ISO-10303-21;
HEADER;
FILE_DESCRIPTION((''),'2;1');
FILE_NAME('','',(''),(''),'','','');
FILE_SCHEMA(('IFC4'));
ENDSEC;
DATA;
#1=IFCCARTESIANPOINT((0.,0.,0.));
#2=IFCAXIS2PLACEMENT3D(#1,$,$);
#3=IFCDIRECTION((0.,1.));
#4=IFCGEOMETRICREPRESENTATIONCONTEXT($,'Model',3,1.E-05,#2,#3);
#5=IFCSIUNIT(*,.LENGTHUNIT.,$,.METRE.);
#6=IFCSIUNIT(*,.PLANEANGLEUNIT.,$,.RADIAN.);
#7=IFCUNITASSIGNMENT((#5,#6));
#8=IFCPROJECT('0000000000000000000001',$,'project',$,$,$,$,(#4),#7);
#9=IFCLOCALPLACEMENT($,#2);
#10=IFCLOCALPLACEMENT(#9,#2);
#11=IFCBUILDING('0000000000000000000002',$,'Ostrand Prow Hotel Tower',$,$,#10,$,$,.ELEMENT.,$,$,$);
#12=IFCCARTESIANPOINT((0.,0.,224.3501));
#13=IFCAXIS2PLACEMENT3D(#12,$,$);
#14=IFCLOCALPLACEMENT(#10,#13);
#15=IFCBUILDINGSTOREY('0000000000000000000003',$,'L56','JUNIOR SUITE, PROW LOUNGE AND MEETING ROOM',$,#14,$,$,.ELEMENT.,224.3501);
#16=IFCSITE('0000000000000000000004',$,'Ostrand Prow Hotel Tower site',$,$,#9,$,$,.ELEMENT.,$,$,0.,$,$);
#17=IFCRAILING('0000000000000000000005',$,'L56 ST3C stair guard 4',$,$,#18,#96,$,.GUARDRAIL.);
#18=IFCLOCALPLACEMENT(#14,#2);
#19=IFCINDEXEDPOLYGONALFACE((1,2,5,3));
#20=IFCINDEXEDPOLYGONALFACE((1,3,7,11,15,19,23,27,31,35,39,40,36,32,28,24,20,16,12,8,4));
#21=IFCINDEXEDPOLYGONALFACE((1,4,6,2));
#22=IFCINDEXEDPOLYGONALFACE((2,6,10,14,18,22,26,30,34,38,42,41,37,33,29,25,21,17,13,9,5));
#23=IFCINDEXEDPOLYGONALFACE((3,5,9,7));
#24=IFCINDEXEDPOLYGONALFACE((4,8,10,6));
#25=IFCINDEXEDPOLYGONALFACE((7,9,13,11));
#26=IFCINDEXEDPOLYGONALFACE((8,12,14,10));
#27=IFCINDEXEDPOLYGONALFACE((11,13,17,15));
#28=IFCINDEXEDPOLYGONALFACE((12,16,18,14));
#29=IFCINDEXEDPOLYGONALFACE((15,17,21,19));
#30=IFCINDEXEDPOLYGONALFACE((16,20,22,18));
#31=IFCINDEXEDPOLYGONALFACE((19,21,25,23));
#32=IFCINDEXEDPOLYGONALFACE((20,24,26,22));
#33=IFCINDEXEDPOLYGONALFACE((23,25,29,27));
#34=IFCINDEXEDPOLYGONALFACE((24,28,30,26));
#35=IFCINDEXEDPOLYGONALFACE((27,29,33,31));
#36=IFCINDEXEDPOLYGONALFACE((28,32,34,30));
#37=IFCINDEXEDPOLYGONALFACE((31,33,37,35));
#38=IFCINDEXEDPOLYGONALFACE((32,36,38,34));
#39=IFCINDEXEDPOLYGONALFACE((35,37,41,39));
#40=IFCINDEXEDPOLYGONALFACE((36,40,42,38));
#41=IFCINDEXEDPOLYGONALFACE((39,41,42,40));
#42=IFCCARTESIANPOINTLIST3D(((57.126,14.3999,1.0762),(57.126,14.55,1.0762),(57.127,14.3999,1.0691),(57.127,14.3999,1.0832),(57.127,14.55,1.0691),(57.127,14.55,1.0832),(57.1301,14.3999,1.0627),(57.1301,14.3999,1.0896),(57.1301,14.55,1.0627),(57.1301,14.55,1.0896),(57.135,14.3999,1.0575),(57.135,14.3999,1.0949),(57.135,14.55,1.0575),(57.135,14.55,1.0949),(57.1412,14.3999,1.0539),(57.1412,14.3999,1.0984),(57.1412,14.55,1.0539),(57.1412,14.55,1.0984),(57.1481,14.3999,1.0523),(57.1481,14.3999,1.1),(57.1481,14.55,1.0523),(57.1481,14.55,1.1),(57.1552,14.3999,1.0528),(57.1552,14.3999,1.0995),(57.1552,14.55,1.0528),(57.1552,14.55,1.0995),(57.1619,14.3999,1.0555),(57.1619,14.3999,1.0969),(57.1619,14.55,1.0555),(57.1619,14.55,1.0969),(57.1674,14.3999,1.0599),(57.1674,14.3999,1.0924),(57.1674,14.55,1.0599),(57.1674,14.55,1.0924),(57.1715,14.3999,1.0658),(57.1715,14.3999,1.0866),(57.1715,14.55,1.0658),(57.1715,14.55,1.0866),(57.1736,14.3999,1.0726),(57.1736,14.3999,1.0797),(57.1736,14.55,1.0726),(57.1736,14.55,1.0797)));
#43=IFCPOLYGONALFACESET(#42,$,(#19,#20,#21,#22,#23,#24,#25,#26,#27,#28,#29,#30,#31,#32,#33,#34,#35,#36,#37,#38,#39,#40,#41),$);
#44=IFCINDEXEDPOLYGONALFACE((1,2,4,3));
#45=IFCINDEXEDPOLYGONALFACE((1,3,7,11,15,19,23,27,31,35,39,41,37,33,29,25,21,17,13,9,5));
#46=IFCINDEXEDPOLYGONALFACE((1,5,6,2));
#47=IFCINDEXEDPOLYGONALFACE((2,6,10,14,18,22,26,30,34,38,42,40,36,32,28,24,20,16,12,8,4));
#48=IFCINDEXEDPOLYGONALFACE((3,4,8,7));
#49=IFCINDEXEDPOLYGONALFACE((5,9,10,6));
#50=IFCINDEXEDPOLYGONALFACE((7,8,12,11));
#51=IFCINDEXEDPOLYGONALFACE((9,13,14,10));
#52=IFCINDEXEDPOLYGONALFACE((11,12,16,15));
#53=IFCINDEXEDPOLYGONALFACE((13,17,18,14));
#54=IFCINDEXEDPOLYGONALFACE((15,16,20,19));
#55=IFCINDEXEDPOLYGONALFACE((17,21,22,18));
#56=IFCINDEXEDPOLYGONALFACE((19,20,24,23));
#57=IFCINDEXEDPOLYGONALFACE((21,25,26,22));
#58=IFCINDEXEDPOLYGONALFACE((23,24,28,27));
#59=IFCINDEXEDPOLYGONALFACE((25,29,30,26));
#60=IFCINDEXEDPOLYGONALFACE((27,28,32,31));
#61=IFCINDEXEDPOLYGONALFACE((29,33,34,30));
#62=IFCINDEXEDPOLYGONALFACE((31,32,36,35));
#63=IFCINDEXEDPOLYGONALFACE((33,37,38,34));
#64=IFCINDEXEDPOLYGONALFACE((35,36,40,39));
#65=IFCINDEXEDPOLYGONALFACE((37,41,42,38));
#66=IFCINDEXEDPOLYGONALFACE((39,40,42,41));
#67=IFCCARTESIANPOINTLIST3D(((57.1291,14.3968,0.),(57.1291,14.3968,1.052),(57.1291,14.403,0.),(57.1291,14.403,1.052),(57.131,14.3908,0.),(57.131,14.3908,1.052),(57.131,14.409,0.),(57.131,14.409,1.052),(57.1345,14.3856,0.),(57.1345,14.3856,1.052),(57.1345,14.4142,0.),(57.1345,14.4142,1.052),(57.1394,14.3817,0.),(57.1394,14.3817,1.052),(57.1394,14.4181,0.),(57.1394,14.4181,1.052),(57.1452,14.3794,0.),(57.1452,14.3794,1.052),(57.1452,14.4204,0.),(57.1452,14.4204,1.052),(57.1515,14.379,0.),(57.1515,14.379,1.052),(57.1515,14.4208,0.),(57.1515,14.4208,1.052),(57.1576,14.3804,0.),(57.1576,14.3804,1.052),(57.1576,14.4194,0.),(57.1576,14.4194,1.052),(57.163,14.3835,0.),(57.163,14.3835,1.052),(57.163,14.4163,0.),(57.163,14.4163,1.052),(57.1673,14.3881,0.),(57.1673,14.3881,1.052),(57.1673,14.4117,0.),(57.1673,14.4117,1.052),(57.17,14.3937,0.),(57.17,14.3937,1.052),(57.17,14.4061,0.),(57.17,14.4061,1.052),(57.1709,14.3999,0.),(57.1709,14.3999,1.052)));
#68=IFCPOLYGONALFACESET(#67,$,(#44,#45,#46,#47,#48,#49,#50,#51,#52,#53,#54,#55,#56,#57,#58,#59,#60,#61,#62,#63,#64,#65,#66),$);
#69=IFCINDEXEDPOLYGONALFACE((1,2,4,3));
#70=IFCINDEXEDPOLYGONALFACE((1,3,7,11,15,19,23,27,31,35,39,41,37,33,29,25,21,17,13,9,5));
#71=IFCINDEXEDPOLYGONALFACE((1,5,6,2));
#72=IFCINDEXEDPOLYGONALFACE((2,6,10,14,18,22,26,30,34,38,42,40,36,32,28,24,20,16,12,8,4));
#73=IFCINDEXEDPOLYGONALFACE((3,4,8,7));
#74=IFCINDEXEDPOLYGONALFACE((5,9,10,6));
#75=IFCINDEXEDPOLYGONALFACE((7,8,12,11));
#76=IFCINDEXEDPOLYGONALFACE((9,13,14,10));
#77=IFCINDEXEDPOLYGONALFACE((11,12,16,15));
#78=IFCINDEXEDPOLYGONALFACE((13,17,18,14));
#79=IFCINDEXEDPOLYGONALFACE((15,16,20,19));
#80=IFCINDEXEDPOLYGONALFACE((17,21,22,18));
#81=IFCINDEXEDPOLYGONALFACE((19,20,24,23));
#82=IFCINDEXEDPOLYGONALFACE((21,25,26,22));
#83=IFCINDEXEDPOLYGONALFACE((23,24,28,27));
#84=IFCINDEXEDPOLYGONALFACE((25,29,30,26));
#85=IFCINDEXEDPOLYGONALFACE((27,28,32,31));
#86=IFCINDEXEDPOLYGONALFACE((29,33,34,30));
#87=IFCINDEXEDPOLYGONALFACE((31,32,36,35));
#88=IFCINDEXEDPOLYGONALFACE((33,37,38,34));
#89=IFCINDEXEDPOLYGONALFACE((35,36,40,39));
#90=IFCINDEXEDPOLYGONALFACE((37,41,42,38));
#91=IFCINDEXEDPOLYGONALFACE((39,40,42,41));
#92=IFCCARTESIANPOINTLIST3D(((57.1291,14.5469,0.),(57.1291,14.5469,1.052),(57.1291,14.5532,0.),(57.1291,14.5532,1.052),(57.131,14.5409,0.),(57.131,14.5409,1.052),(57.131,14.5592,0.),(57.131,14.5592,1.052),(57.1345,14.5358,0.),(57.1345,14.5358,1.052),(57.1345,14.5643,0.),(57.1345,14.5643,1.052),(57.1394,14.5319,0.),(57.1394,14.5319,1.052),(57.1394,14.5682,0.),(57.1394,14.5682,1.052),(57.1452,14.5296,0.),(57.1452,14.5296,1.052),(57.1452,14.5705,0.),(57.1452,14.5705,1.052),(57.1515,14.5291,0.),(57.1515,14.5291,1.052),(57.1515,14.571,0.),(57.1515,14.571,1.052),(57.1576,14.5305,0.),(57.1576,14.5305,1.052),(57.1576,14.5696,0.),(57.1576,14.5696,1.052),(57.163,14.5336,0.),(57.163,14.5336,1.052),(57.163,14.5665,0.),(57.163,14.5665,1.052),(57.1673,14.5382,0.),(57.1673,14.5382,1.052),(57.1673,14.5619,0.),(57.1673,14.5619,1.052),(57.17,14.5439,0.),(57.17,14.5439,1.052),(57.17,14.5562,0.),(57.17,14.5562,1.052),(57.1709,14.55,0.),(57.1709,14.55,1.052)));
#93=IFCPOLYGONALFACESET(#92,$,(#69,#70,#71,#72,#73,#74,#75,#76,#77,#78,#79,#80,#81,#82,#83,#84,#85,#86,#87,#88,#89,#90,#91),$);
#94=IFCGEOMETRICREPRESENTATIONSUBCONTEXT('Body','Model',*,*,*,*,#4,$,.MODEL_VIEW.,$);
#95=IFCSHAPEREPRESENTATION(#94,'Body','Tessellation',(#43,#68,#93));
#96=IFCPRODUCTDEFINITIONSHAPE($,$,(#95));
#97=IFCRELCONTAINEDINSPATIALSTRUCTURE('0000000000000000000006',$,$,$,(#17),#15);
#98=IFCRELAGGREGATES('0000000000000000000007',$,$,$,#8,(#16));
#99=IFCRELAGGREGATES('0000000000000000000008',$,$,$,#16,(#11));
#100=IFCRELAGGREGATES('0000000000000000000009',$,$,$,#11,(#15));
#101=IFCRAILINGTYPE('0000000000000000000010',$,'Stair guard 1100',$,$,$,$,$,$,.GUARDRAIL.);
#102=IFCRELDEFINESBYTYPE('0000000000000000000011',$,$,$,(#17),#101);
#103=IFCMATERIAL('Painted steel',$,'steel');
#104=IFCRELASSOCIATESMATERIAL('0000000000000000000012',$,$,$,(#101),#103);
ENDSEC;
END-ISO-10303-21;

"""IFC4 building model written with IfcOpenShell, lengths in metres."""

from ifc_helpers import new_model, si_unit, direction, frame, origin, origin_2d, place, context, subcontext, project, spatial, circle, extrude, material, type_object, element, save


model = new_model("IFC4")

# Units and contexts
model_context = context("Model", 3, precision=1e-05, world=origin(), true_north=direction((0.0, 1.0)))
body_context = subcontext(model_context, "Body", "Model", "MODEL_VIEW")
ifc_project = project(units=[si_unit("LENGTHUNIT", "METRE"), si_unit("PLANEANGLEUNIT", "RADIAN")], contexts=[model_context])

# Site, building, storey
site_placement = place(None, origin())
site = spatial("IfcSite", under=ifc_project, at=site_placement, Name="Ostrand Prow Hotel Tower site", CompositionType="ELEMENT", RefElevation=0.0)
building_placement = place(site_placement, origin())
building = spatial("IfcBuilding", under=site, at=building_placement, Name="Ostrand Prow Hotel Tower", CompositionType="ELEMENT")
storey_placement = place(building_placement, frame((0.0, 0.0, 224.3501)))
storey = spatial("IfcBuildingStorey", under=building, at=storey_placement, Name="L56", Description="JUNIOR SUITE, PROW LOUNGE AND MEETING ROOM", CompositionType="ELEMENT", Elevation=224.3501)

# Railing
ifc_material_1 = material(Name="Painted steel", Category="steel")
railing_type_1 = type_object("IfcRailingType", Name="Stair guard 1100", PredefinedType="GUARDRAIL", material=ifc_material_1)
railing_1_placement = place(storey_placement, frame((57.1499, 14.3999, 0.0)))
element("IfcRailing", 1, at=railing_1_placement, inside=storey, type_object=railing_type_1, Name="L56 ST3C stair guard 4", PredefinedType="GUARDRAIL", context=body_context, shape_type="SweptSolid", body=[
    extrude(circle(Radius=0.0239, at=origin_2d()), frame((0.0, 0.0, 1.0762), z_axis=(0.0, 1.0, 0.0), x_axis=(-1.0, 0.0, 0.0)), (0.0, 0.0, 1.0), 0.1501),
    extrude(circle(Radius=0.021, at=origin_2d()), origin(), (0.0, 0.0, 1.0), 1.052),
    extrude(circle(Radius=0.021, at=origin_2d()), frame((0.0, 0.1501, 0.0)), (0.0, 0.0, 1.0), 1.052),
])

save(model, "model.ifc")
